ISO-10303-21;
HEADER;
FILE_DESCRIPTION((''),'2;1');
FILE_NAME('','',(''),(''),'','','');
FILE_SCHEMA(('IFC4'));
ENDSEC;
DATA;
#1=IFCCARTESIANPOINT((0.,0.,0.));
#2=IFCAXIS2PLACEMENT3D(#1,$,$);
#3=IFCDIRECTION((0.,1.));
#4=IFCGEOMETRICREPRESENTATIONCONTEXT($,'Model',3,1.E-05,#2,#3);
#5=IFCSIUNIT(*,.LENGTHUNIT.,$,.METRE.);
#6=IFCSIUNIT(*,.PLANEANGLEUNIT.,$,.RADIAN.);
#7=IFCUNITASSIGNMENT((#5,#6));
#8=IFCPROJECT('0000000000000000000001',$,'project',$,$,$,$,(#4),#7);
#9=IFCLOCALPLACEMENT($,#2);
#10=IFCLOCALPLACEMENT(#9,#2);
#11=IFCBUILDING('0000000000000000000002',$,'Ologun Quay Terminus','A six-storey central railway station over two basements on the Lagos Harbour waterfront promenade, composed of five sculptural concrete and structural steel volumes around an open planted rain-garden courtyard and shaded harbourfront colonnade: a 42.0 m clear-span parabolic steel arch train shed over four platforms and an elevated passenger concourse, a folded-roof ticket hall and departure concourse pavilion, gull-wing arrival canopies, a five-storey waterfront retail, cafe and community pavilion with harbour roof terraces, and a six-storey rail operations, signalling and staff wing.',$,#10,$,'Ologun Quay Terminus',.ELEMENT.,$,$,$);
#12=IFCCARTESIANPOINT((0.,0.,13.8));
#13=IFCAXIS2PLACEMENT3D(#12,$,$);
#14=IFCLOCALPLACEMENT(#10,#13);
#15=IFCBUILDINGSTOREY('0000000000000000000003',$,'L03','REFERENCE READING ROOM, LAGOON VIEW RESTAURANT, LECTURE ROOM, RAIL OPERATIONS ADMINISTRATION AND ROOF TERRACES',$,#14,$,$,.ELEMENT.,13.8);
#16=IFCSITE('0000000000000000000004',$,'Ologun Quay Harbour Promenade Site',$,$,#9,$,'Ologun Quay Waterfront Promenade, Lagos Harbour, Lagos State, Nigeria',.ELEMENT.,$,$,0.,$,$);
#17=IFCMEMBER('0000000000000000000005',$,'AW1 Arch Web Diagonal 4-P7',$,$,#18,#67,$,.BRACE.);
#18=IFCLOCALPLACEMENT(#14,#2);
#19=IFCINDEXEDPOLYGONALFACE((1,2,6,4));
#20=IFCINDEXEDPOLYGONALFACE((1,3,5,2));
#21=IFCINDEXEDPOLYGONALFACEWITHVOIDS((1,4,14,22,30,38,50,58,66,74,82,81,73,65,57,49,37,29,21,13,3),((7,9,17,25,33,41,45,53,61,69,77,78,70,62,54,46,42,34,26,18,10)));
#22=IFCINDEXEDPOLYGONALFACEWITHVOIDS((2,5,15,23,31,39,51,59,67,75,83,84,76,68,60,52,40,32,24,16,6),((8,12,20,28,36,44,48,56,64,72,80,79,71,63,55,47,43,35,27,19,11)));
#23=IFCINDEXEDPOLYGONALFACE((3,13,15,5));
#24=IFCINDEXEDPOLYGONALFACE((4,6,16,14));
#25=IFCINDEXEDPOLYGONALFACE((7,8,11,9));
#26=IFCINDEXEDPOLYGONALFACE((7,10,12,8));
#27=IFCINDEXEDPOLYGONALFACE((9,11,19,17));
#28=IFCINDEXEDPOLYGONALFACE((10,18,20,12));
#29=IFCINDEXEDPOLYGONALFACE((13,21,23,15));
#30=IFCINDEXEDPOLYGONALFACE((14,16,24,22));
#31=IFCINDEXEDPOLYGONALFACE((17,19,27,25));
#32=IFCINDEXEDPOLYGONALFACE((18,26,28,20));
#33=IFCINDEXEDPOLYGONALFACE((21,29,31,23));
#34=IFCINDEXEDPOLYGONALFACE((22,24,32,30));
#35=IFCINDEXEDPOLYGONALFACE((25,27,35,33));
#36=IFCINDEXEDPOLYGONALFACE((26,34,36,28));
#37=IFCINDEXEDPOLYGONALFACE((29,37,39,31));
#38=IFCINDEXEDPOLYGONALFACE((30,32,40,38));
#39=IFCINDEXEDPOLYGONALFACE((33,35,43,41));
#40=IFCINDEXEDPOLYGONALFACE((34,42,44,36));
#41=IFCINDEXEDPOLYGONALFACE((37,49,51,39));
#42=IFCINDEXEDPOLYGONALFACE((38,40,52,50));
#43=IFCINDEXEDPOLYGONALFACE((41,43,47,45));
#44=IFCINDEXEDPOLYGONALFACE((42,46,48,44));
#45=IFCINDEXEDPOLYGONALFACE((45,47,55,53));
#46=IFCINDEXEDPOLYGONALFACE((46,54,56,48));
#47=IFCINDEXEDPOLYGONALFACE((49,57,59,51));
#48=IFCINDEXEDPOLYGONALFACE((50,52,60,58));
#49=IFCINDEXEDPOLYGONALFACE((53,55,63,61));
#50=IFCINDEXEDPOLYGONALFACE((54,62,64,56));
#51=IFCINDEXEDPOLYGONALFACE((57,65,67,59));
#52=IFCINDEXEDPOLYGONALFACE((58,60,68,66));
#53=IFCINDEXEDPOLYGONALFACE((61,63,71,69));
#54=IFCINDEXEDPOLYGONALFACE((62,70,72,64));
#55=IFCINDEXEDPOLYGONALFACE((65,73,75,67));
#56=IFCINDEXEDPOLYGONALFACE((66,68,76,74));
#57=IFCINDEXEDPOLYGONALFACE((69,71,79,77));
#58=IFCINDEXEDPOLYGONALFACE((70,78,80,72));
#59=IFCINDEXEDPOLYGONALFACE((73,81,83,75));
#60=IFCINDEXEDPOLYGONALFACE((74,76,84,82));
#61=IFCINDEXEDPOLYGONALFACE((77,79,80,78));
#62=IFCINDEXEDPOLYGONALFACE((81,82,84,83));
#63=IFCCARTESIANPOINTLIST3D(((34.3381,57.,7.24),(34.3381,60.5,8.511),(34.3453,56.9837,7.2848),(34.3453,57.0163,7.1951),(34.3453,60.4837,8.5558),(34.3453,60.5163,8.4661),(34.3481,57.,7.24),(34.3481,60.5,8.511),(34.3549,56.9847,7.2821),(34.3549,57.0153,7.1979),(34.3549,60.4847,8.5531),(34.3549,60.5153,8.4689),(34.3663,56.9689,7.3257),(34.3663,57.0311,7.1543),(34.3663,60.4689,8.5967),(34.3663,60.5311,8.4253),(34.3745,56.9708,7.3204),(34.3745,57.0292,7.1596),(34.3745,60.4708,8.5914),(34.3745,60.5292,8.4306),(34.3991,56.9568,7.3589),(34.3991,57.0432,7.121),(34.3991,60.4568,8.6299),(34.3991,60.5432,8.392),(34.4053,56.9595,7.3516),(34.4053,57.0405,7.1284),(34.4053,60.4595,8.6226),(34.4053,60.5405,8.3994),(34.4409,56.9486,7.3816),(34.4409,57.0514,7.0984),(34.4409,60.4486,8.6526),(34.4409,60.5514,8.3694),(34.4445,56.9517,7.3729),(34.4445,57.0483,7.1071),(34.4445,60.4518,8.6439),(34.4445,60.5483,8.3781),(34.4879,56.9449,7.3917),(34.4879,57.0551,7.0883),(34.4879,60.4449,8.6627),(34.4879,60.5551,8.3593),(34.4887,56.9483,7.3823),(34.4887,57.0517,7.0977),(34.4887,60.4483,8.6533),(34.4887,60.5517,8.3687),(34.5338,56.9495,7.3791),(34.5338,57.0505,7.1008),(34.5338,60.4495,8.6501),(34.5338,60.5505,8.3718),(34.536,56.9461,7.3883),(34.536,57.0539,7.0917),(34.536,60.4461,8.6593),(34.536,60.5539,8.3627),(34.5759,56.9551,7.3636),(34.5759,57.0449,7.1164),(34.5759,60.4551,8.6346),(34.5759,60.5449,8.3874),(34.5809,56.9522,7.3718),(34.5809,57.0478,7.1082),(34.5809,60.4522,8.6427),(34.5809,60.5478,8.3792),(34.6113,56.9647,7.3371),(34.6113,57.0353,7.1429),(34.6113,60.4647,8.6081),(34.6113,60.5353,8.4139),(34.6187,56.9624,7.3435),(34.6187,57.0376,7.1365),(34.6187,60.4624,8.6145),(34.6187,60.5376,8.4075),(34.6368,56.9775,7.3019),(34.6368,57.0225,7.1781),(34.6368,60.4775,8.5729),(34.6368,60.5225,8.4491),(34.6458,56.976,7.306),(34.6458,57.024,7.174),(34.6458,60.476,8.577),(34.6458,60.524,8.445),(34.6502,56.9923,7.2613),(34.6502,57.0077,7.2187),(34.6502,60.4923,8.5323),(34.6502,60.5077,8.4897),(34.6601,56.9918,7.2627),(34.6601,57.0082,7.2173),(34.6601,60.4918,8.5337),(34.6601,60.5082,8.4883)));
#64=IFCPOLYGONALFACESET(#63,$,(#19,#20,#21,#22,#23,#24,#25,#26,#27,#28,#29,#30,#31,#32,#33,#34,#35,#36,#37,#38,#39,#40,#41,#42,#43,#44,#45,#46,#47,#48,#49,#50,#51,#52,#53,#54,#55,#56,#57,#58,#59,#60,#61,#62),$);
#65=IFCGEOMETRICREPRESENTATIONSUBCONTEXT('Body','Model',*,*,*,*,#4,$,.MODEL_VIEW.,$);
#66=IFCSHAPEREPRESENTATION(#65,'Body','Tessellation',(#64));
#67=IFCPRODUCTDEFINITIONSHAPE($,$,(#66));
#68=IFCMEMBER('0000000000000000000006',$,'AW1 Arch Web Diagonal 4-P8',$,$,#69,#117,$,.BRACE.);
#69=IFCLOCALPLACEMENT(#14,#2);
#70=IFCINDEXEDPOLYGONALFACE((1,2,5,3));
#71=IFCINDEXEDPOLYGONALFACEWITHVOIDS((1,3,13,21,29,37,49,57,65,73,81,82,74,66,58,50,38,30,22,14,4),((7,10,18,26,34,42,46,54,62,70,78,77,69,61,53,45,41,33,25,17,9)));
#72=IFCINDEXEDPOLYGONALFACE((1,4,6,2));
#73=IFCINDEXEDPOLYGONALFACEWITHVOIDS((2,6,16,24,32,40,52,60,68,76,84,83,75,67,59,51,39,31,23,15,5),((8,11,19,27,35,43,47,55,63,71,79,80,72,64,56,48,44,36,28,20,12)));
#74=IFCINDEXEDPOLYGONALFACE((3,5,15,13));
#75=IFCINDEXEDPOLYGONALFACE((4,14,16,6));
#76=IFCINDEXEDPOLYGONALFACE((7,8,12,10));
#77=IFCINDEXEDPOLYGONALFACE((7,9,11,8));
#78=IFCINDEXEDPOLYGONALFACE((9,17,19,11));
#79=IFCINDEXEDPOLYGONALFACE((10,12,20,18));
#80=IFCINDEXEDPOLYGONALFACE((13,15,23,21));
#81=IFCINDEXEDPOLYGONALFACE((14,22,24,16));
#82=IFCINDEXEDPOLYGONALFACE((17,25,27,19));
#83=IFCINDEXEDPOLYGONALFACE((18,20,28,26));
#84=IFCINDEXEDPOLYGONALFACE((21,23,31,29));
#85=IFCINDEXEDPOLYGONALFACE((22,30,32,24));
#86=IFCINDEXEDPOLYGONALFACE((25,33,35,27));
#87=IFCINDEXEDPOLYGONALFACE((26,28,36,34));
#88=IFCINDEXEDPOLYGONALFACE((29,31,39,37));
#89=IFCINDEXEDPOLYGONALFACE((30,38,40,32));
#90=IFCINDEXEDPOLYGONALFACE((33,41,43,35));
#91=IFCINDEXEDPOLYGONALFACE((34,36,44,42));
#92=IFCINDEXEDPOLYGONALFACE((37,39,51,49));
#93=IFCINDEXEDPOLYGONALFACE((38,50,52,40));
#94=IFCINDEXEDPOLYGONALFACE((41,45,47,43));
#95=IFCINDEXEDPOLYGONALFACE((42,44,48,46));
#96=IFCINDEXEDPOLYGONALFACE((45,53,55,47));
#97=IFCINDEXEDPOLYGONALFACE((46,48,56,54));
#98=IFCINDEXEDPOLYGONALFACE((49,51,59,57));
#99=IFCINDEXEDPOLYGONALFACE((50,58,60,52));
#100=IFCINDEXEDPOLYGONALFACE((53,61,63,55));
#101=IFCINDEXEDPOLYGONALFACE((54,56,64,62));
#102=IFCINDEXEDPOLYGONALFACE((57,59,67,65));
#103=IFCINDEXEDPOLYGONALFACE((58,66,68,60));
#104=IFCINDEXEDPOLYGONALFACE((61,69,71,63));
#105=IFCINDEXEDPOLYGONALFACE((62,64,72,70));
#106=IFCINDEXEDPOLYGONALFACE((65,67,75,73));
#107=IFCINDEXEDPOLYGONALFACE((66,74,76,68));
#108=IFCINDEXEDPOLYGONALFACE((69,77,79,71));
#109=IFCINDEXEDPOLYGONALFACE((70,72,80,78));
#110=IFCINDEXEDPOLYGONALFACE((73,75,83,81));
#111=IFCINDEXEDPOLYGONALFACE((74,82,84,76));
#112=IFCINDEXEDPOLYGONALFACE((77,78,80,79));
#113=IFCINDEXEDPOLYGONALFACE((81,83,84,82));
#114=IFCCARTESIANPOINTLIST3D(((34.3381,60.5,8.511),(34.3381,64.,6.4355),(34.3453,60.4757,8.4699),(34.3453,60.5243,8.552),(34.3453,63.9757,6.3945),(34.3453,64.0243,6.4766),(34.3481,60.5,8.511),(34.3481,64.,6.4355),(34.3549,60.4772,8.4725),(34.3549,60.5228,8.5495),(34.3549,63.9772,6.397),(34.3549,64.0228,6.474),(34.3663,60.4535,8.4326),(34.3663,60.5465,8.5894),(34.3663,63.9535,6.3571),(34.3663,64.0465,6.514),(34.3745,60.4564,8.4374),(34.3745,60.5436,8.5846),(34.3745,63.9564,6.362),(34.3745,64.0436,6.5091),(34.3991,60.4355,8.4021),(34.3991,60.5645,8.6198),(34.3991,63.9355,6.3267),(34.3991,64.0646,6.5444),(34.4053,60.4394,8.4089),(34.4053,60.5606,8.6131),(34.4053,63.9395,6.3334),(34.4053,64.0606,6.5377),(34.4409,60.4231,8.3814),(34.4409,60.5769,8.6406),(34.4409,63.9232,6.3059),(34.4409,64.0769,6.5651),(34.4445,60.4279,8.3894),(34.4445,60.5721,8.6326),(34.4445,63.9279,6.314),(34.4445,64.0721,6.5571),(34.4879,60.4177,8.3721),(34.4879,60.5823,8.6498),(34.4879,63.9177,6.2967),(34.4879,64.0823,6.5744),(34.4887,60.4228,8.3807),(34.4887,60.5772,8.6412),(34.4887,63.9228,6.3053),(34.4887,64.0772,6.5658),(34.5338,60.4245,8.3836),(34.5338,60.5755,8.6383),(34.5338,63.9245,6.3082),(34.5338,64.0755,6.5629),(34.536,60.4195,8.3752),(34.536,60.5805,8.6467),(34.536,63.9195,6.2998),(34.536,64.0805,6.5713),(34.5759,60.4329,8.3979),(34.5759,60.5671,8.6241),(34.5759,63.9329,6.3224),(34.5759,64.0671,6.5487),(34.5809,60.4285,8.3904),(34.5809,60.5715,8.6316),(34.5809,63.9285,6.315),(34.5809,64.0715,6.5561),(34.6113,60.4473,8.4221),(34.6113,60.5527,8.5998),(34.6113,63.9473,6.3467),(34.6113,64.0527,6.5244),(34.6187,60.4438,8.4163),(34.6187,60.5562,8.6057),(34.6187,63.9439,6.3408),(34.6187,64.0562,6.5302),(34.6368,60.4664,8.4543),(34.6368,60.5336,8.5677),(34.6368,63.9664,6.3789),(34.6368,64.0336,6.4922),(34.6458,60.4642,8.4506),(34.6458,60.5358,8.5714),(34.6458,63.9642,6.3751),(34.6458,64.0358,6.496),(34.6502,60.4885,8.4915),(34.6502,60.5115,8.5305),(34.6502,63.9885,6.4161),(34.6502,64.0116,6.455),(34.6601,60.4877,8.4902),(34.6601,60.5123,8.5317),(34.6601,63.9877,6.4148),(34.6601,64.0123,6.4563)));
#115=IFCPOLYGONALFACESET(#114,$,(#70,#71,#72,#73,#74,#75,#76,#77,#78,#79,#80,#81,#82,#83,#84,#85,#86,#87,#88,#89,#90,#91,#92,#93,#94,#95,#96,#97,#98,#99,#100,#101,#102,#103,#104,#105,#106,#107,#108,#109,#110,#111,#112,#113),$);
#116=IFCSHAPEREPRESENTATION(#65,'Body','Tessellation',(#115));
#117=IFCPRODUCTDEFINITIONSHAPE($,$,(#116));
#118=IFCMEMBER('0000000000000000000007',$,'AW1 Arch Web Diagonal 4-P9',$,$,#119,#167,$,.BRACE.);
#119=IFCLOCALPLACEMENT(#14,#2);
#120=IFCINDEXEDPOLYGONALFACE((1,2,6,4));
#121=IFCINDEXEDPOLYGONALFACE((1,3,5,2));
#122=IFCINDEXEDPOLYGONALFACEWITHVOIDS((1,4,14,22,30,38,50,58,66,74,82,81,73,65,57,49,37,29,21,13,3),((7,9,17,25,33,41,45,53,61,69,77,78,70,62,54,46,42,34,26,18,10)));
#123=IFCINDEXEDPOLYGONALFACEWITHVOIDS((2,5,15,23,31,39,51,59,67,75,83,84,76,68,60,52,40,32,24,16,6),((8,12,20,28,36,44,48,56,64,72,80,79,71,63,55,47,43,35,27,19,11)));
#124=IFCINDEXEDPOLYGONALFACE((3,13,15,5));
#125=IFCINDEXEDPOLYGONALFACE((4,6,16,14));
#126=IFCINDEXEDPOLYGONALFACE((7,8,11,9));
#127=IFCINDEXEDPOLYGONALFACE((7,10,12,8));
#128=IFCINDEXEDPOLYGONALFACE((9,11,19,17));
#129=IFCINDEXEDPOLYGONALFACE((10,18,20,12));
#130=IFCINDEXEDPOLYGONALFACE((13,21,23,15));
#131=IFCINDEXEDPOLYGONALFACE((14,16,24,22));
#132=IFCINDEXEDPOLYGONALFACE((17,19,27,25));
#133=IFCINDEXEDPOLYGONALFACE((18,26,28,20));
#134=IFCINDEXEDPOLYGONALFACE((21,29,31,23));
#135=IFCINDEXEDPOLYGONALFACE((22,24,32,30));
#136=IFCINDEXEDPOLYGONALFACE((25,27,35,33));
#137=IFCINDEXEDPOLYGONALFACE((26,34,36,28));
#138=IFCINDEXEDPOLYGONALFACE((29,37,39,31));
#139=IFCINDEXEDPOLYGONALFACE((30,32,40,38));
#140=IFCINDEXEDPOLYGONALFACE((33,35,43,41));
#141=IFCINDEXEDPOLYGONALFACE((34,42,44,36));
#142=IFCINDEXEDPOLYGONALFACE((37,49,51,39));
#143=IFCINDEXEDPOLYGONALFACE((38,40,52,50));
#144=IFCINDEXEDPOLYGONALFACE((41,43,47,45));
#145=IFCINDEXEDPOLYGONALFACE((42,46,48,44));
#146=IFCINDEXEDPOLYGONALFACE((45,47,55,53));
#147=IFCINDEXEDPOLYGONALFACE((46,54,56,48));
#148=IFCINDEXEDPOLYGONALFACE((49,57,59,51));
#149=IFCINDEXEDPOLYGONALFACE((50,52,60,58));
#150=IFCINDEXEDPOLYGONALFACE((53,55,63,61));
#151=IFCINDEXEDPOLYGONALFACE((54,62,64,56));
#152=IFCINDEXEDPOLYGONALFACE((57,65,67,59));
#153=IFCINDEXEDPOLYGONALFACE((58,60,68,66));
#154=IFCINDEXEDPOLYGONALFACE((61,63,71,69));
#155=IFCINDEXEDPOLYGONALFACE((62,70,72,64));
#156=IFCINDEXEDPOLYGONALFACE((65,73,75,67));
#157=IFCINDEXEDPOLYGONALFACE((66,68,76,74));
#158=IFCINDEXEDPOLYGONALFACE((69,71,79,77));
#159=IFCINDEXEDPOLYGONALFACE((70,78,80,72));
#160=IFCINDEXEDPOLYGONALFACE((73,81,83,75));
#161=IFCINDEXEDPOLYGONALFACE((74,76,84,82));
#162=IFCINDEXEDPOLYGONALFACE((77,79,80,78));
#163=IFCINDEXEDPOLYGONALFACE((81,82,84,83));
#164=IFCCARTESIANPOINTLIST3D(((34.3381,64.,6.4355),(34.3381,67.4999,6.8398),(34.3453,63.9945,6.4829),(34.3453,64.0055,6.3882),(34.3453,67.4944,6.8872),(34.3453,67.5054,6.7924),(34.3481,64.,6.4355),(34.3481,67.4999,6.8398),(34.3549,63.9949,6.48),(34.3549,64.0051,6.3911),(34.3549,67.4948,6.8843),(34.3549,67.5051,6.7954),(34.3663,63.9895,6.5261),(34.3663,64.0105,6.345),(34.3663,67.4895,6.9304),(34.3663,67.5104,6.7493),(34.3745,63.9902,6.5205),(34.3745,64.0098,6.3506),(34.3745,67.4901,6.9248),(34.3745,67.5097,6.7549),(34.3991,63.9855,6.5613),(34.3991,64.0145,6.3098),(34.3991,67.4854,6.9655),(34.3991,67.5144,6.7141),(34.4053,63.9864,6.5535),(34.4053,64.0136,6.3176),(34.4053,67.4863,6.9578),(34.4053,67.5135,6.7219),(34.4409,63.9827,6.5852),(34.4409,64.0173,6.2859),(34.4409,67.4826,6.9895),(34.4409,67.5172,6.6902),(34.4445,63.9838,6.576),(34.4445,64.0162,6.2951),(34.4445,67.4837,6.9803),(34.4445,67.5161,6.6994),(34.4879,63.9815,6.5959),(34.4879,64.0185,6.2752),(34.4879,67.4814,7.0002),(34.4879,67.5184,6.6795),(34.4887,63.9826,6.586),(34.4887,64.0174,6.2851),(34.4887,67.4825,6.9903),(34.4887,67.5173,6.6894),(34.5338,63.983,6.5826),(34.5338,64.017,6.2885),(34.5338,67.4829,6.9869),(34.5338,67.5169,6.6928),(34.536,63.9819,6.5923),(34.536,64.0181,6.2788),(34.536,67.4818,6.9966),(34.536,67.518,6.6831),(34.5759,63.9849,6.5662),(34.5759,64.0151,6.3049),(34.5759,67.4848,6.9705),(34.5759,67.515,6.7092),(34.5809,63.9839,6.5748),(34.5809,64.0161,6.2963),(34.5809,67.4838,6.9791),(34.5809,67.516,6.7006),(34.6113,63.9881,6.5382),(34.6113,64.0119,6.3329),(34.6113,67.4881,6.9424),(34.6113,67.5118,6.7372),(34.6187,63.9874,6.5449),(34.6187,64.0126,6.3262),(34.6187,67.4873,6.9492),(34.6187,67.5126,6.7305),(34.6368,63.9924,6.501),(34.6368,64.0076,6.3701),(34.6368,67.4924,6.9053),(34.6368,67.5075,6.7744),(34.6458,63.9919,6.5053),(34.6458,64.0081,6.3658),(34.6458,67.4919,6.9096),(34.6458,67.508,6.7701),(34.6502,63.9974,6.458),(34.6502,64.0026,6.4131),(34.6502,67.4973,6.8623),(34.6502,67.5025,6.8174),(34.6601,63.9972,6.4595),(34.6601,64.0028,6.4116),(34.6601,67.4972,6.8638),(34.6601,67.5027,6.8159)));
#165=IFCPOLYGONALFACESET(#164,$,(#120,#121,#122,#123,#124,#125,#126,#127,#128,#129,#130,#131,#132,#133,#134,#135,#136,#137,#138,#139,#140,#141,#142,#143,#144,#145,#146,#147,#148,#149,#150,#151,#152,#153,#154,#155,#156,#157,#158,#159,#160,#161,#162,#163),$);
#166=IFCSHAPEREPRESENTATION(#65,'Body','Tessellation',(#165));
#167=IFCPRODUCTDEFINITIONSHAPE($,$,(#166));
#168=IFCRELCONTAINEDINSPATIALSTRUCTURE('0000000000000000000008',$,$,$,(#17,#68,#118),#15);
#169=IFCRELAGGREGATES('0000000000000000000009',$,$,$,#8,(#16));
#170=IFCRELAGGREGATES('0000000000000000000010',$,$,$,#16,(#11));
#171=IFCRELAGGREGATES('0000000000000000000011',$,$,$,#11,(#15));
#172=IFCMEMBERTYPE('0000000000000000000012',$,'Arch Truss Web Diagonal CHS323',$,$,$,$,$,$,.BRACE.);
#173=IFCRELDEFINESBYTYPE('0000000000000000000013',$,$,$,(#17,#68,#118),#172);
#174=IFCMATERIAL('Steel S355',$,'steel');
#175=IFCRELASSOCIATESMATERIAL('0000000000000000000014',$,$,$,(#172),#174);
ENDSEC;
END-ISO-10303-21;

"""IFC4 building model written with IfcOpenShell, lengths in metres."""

from ifc_helpers import new_model, si_unit, direction, frame, origin, origin_2d, place, context, subcontext, project, spatial, hollow_circle, extrude, material, material_profile, profile_set, type_object, element, save


model = new_model("IFC4")

# Units and contexts
model_context = context("Model", 3, precision=1e-05, world=origin(), true_north=direction((0.0, 1.0)))
body_context = subcontext(model_context, "Body", "Model", "MODEL_VIEW")
ifc_project = project(units=[si_unit("LENGTHUNIT", "METRE"), si_unit("PLANEANGLEUNIT", "RADIAN")], contexts=[model_context])

# Site, building, storey
site_placement = place(None, origin())
site = spatial("IfcSite", under=ifc_project, at=site_placement, Name="Ologun Quay Harbour Promenade Site", LongName="Ologun Quay Waterfront Promenade, Lagos Harbour, Lagos State, Nigeria", CompositionType="ELEMENT", RefElevation=0.0)
building_placement = place(site_placement, origin())
building = spatial("IfcBuilding", under=site, at=building_placement, Name="Ologun Quay Terminus", Description="A six-storey central railway station over two basements on the Lagos Harbour waterfront promenade, composed of five sculptural concrete and structural steel volumes around an open planted rain-garden courtyard and shaded harbourfront colonnade: a 42.0 m clear-span parabolic steel arch train shed over four platforms and an elevated passenger concourse, a folded-roof ticket hall and departure concourse pavilion, gull-wing arrival canopies, a five-storey waterfront retail, cafe and community pavilion with harbour roof terraces, and a six-storey rail operations, signalling and staff wing.", LongName="Ologun Quay Terminus", CompositionType="ELEMENT")
storey_placement = place(building_placement, frame((0.0, 0.0, 13.8)))
storey = spatial("IfcBuildingStorey", under=building, at=storey_placement, Name="L03", Description="REFERENCE READING ROOM, LAGOON VIEW RESTAURANT, LECTURE ROOM, RAIL OPERATIONS ADMINISTRATION AND ROOF TERRACES", CompositionType="ELEMENT", Elevation=13.8)

# Members
ifc_material_1 = material(Name="Steel S355", Category="steel")
ifc_material_profile_1 = material_profile(ifc_material_1, hollow_circle(Radius=0.1619, WallThickness=0.01, at=origin_2d()), Name="CHS 323.9x10")
ifc_profile_set_1 = profile_set([ifc_material_profile_1], Name="Steel S355")
member_type_1 = type_object("IfcMemberType", Name="Arch Truss Web Diagonal CHS323", PredefinedType="BRACE", material=ifc_profile_set_1)
member_1_placement = place(storey_placement, frame((34.5, 57.0, 7.24), z_axis=(0.0, 0.939943, 0.341332), x_axis=(-1.0, 0.0, 0.0)))
element("IfcMember", 1, at=member_1_placement, inside=storey, type_object=member_type_1, Name="AW1 Arch Web Diagonal 4-P7", PredefinedType="BRACE", context=body_context, shape_type="SweptSolid", body=[
    extrude(hollow_circle(Radius=0.1619, WallThickness=0.01, at=origin_2d()), origin(), (0.0, 0.0, 1.0), 3.7236),
])
member_2_placement = place(storey_placement, frame((34.5, 60.5, 8.511), z_axis=(0.0, 0.860144, -0.510051), x_axis=(-1.0, 0.0, 0.0)))
element("IfcMember", 2, at=member_2_placement, inside=storey, type_object=member_type_1, Name="AW1 Arch Web Diagonal 4-P8", PredefinedType="BRACE", context=body_context, shape_type="SweptSolid", body=[
    extrude(hollow_circle(Radius=0.1619, WallThickness=0.01, at=origin_2d()), origin(), (0.0, 0.0, 1.0), 4.0691),
])
member_3_placement = place(storey_placement, frame((34.5, 64.0, 6.4355), z_axis=(0.0, 0.993394, 0.11475), x_axis=(-1.0, 0.0, 0.0)))
element("IfcMember", 3, at=member_3_placement, inside=storey, type_object=member_type_1, Name="AW1 Arch Web Diagonal 4-P9", PredefinedType="BRACE", context=body_context, shape_type="SweptSolid", body=[
    extrude(hollow_circle(Radius=0.1619, WallThickness=0.01, at=origin_2d()), origin(), (0.0, 0.0, 1.0), 3.5232),
])

save(model, "model.ifc")
